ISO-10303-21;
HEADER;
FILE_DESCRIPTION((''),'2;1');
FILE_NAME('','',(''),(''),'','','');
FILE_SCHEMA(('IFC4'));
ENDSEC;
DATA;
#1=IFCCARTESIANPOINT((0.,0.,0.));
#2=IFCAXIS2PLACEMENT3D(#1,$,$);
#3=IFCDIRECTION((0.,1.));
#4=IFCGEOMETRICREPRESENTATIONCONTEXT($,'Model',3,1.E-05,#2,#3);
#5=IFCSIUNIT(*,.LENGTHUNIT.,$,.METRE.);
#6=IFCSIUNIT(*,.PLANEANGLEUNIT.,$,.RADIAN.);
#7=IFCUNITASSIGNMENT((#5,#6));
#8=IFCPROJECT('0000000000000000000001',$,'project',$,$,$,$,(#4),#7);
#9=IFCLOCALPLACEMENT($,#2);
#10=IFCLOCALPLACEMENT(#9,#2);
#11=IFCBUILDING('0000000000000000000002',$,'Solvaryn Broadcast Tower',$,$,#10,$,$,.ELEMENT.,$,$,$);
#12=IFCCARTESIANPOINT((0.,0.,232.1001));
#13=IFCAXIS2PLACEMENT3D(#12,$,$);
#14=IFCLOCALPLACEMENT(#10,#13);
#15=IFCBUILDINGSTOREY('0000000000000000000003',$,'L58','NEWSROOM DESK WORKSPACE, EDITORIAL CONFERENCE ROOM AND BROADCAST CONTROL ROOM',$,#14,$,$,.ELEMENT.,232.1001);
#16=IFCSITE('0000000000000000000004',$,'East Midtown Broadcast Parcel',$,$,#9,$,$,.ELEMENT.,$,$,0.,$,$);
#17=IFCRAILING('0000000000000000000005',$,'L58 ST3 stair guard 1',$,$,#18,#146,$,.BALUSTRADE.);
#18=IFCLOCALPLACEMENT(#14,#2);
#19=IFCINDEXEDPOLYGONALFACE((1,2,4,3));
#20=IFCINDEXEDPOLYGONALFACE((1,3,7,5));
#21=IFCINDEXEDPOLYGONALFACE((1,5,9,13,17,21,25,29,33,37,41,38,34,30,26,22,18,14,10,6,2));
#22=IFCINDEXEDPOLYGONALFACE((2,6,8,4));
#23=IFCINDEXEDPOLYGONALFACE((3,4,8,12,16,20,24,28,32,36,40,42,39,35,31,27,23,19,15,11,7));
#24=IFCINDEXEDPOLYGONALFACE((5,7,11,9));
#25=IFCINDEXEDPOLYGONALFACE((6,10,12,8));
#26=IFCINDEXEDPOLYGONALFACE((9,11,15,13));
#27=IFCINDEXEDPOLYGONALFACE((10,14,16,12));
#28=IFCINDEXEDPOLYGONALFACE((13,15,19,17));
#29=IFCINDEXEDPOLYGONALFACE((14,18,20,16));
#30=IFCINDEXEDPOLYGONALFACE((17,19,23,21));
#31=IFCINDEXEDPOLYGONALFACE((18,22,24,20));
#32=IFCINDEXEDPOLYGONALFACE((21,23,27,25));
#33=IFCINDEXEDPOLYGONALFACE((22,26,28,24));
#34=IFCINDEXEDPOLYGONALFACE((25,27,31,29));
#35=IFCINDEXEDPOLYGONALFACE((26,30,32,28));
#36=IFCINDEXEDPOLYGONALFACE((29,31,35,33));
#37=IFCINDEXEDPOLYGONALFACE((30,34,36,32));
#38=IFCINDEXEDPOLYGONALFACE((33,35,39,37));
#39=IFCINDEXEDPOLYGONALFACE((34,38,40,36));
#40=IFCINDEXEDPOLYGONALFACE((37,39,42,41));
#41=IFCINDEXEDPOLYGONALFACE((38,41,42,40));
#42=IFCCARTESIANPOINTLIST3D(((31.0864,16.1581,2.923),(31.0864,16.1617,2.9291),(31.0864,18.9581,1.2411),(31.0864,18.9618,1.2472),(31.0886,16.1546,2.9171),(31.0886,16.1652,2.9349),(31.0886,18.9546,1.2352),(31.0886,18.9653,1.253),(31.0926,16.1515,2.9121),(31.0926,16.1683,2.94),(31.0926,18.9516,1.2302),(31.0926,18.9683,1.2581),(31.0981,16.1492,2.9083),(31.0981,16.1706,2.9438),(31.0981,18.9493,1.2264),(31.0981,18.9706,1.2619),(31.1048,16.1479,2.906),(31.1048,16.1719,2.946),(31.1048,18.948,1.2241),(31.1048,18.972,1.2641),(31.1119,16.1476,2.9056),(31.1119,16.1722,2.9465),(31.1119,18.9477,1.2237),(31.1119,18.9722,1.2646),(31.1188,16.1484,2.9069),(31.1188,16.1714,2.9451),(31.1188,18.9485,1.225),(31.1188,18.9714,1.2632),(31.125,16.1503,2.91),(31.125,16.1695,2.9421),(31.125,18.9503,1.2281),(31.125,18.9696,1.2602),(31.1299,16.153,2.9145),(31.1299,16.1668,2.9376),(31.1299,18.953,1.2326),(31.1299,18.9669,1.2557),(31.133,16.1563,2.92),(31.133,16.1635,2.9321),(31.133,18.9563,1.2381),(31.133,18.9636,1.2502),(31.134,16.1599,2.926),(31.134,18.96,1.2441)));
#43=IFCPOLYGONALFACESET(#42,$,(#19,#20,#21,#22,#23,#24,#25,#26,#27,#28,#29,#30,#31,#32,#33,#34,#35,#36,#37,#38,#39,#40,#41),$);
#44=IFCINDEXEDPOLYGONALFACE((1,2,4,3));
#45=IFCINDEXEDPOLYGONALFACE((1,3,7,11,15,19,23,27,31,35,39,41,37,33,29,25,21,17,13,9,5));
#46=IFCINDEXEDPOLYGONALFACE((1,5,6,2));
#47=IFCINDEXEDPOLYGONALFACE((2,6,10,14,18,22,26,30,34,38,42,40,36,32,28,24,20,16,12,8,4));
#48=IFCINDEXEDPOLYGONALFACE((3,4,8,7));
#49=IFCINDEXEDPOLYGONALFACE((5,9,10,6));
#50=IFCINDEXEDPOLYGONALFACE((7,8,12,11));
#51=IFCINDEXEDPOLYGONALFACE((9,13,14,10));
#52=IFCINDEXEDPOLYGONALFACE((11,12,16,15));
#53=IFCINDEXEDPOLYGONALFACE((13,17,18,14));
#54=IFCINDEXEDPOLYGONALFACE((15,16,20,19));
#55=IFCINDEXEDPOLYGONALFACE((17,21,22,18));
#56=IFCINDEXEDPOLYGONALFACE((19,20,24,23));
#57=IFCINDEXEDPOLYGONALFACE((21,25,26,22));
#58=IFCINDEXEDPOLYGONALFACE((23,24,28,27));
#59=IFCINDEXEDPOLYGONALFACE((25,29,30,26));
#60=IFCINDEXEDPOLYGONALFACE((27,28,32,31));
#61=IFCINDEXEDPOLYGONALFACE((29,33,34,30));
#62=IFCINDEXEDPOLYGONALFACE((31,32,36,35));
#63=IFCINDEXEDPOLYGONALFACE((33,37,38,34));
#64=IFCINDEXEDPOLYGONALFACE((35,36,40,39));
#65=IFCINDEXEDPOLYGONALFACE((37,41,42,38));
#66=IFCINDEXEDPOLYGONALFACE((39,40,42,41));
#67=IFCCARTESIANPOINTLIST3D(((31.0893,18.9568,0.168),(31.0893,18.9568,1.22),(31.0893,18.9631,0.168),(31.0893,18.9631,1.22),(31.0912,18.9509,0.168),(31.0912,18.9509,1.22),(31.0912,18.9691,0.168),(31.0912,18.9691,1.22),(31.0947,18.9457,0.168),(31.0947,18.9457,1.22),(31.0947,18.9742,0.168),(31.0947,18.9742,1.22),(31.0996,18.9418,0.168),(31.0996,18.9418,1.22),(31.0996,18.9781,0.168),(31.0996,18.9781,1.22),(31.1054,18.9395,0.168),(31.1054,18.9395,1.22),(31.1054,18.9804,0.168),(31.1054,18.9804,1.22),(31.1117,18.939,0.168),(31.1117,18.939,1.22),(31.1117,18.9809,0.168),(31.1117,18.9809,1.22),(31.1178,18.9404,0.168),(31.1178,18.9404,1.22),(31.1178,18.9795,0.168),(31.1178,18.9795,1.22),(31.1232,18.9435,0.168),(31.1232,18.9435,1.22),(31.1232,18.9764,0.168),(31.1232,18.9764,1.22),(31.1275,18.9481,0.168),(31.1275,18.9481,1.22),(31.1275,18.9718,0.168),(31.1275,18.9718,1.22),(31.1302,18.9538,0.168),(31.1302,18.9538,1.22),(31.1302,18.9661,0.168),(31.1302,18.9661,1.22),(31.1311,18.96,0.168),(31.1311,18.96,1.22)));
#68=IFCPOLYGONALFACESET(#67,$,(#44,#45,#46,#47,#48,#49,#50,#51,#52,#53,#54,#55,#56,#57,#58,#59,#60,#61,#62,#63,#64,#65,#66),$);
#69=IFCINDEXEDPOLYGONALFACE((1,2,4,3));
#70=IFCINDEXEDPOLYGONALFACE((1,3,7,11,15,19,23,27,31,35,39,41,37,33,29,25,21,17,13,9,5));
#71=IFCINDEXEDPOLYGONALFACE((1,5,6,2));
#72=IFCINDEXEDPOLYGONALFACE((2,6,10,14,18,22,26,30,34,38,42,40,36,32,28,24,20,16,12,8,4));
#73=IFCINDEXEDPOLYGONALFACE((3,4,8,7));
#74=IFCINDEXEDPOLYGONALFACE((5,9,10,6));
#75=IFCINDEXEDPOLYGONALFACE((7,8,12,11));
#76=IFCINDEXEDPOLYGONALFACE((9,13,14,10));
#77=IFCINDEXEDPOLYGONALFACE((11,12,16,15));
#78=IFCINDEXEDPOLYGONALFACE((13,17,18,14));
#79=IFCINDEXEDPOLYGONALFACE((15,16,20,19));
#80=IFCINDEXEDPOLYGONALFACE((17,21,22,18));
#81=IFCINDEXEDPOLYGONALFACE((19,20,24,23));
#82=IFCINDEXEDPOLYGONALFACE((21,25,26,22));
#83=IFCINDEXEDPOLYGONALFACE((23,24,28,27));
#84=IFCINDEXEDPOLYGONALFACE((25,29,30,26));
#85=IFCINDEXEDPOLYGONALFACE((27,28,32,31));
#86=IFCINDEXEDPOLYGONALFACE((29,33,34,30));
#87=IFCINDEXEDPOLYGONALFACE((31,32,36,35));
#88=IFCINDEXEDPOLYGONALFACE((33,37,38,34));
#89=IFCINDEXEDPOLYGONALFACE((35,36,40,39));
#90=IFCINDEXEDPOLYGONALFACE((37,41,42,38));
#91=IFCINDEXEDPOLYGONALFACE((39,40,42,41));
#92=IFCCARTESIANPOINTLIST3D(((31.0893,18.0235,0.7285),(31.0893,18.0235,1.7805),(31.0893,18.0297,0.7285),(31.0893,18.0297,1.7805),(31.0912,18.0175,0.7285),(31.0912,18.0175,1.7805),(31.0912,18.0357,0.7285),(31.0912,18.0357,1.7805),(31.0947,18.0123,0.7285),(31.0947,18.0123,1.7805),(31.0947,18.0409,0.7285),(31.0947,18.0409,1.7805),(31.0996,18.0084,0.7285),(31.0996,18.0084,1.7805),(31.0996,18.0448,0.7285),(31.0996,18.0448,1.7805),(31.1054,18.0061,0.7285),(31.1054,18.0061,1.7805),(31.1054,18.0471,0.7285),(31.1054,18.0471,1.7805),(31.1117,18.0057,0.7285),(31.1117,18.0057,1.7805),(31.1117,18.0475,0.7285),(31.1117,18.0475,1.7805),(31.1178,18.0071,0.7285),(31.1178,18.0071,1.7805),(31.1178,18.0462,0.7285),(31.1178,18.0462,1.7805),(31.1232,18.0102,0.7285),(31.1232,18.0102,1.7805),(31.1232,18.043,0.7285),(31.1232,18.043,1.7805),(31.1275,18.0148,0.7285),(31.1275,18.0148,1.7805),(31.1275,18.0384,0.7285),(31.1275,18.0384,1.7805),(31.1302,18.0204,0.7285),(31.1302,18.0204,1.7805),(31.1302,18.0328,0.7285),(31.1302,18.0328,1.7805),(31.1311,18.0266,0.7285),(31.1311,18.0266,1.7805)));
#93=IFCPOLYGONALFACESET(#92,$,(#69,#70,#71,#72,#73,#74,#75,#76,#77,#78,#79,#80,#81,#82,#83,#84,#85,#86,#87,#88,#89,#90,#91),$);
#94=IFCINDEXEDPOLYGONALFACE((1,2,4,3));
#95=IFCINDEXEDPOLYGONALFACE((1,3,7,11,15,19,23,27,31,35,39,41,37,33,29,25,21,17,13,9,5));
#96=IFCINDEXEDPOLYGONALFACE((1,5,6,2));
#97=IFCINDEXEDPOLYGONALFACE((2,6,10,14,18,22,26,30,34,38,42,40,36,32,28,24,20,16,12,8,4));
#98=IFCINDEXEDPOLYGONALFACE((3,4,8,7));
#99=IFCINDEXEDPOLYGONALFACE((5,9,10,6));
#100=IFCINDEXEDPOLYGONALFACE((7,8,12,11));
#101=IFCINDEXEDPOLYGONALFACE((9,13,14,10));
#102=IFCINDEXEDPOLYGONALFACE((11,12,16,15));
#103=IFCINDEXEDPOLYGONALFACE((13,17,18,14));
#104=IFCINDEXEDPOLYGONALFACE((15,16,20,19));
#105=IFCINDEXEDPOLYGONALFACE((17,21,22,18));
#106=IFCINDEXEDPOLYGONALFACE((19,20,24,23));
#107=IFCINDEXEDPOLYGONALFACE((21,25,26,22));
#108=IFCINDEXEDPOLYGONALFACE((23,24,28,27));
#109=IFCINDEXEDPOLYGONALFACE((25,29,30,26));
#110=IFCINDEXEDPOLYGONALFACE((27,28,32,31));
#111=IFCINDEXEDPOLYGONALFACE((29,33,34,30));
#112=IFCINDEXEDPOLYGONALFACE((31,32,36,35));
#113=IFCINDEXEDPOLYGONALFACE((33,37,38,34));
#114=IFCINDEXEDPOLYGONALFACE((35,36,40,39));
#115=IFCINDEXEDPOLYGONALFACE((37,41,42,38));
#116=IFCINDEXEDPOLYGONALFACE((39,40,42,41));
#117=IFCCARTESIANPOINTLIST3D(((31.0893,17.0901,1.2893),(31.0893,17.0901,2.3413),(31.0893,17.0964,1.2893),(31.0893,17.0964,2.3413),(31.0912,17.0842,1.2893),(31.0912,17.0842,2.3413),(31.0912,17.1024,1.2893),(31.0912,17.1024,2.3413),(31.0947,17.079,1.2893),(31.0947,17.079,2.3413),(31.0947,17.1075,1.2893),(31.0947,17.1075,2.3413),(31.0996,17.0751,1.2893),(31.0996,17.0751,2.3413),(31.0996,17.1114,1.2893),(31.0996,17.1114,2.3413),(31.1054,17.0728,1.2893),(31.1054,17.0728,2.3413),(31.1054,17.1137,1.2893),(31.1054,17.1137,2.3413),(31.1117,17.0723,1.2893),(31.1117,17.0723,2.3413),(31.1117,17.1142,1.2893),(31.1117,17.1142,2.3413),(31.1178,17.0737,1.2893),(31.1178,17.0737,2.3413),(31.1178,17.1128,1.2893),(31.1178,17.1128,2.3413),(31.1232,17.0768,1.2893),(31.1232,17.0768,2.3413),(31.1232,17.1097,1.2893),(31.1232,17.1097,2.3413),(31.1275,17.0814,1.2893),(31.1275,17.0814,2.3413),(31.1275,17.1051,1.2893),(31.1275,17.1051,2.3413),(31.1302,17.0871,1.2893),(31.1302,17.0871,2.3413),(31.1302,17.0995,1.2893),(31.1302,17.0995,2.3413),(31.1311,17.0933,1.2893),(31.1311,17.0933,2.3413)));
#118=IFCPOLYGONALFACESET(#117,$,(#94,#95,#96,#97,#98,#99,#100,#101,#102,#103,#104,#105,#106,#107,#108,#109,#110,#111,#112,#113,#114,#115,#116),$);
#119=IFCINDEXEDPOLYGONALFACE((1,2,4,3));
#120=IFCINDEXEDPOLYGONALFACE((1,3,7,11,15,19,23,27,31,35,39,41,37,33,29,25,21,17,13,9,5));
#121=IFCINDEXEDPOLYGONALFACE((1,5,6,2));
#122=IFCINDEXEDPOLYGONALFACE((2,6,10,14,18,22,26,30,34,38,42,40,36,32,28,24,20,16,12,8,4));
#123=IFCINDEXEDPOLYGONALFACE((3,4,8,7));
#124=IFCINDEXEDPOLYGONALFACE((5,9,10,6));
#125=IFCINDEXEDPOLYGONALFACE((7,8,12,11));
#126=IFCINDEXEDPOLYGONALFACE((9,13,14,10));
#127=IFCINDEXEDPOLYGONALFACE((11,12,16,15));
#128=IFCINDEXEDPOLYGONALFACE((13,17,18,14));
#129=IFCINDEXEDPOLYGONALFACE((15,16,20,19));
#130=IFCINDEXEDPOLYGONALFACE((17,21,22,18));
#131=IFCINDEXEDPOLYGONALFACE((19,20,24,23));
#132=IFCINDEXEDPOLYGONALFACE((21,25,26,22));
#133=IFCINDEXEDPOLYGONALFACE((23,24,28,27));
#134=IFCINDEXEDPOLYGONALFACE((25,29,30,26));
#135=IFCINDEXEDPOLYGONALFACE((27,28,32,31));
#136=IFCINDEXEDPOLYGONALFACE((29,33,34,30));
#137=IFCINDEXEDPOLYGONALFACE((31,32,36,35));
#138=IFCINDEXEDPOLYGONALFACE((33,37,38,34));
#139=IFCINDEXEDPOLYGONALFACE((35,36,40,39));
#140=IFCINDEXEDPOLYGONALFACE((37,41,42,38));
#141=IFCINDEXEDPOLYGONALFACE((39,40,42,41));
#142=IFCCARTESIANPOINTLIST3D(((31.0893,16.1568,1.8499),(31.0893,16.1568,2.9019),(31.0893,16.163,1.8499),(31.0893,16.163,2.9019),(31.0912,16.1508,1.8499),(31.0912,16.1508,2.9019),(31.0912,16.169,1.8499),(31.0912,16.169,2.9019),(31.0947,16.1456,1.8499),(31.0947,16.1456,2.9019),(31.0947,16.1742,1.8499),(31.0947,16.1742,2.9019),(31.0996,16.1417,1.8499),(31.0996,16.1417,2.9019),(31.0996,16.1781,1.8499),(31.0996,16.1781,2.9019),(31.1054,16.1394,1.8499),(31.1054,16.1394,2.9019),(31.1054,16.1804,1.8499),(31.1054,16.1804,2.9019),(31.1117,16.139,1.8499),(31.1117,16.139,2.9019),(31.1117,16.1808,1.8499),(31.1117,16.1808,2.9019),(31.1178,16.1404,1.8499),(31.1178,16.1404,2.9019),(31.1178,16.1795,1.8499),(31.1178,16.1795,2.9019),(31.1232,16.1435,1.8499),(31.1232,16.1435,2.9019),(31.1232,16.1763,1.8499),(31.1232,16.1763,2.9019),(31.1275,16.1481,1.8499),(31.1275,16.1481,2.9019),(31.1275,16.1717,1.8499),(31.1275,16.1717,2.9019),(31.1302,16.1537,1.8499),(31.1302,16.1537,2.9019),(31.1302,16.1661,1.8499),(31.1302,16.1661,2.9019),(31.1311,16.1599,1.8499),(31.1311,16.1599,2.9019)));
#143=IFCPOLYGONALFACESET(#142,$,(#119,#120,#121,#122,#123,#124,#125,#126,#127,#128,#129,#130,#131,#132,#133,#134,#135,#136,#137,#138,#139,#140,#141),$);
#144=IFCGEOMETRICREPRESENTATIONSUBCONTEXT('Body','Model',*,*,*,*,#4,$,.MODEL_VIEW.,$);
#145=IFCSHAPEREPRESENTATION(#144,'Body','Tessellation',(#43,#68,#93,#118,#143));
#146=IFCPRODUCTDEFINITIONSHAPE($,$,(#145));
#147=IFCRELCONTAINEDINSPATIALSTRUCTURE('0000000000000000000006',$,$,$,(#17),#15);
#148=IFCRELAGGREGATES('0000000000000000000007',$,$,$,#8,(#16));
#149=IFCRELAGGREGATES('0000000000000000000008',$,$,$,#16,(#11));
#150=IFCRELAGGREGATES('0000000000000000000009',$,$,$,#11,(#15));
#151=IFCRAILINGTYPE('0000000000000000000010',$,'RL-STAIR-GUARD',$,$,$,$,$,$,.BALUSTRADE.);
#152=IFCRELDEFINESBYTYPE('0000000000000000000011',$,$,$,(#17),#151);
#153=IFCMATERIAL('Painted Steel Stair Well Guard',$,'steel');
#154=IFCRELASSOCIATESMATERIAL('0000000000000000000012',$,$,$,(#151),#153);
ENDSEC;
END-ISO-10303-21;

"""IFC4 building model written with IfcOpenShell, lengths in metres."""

from ifc_helpers import new_model, si_unit, direction, frame, origin, origin_2d, place, context, subcontext, project, spatial, circle, extrude, material, type_object, element, save


model = new_model("IFC4")

# Units and contexts
model_context = context("Model", 3, precision=1e-05, world=origin(), true_north=direction((0.0, 1.0)))
body_context = subcontext(model_context, "Body", "Model", "MODEL_VIEW")
ifc_project = project(units=[si_unit("LENGTHUNIT", "METRE"), si_unit("PLANEANGLEUNIT", "RADIAN")], contexts=[model_context])

# Site, building, storey
site_placement = place(None, origin())
site = spatial("IfcSite", under=ifc_project, at=site_placement, Name="East Midtown Broadcast Parcel", CompositionType="ELEMENT", RefElevation=0.0)
building_placement = place(site_placement, origin())
building = spatial("IfcBuilding", under=site, at=building_placement, Name="Solvaryn Broadcast Tower", CompositionType="ELEMENT")
storey_placement = place(building_placement, frame((0.0, 0.0, 232.1001)))
storey = spatial("IfcBuildingStorey", under=building, at=storey_placement, Name="L58", Description="NEWSROOM DESK WORKSPACE, EDITORIAL CONFERENCE ROOM AND BROADCAST CONTROL ROOM", CompositionType="ELEMENT", Elevation=232.1001)

# Railing
ifc_material_1 = material(Name="Painted Steel Stair Well Guard", Category="steel")
railing_type_1 = type_object("IfcRailingType", Name="RL-STAIR-GUARD", PredefinedType="BALUSTRADE", material=ifc_material_1)
railing_1_placement = place(storey_placement, frame((31.1101, 18.96, 0.168)))
element("IfcRailing", 1, at=railing_1_placement, inside=storey, type_object=railing_type_1, Name="L58 ST3 stair guard 1", PredefinedType="BALUSTRADE", context=body_context, shape_type="SweptSolid", body=[
    extrude(circle(Radius=0.0239, at=origin_2d()), frame((0.0, 0.0, 1.0762), z_axis=(0.0, -0.857242, 0.514913), x_axis=(1.0, 0.0, 0.0)), (0.0, 0.0, 1.0), 3.2664),
    extrude(circle(Radius=0.021, at=origin_2d()), origin(), (0.0, 0.0, 1.0), 1.052),
    extrude(circle(Radius=0.021, at=origin_2d()), frame((0.0, -0.9333, 0.5605)), (0.0, 0.0, 1.0), 1.052),
    extrude(circle(Radius=0.021, at=origin_2d()), frame((0.0, -1.8667, 1.1213)), (0.0, 0.0, 1.0), 1.052),
    extrude(circle(Radius=0.021, at=origin_2d()), frame((0.0, -2.8, 1.6819)), (0.0, 0.0, 1.0), 1.052),
])

save(model, "model.ifc")
